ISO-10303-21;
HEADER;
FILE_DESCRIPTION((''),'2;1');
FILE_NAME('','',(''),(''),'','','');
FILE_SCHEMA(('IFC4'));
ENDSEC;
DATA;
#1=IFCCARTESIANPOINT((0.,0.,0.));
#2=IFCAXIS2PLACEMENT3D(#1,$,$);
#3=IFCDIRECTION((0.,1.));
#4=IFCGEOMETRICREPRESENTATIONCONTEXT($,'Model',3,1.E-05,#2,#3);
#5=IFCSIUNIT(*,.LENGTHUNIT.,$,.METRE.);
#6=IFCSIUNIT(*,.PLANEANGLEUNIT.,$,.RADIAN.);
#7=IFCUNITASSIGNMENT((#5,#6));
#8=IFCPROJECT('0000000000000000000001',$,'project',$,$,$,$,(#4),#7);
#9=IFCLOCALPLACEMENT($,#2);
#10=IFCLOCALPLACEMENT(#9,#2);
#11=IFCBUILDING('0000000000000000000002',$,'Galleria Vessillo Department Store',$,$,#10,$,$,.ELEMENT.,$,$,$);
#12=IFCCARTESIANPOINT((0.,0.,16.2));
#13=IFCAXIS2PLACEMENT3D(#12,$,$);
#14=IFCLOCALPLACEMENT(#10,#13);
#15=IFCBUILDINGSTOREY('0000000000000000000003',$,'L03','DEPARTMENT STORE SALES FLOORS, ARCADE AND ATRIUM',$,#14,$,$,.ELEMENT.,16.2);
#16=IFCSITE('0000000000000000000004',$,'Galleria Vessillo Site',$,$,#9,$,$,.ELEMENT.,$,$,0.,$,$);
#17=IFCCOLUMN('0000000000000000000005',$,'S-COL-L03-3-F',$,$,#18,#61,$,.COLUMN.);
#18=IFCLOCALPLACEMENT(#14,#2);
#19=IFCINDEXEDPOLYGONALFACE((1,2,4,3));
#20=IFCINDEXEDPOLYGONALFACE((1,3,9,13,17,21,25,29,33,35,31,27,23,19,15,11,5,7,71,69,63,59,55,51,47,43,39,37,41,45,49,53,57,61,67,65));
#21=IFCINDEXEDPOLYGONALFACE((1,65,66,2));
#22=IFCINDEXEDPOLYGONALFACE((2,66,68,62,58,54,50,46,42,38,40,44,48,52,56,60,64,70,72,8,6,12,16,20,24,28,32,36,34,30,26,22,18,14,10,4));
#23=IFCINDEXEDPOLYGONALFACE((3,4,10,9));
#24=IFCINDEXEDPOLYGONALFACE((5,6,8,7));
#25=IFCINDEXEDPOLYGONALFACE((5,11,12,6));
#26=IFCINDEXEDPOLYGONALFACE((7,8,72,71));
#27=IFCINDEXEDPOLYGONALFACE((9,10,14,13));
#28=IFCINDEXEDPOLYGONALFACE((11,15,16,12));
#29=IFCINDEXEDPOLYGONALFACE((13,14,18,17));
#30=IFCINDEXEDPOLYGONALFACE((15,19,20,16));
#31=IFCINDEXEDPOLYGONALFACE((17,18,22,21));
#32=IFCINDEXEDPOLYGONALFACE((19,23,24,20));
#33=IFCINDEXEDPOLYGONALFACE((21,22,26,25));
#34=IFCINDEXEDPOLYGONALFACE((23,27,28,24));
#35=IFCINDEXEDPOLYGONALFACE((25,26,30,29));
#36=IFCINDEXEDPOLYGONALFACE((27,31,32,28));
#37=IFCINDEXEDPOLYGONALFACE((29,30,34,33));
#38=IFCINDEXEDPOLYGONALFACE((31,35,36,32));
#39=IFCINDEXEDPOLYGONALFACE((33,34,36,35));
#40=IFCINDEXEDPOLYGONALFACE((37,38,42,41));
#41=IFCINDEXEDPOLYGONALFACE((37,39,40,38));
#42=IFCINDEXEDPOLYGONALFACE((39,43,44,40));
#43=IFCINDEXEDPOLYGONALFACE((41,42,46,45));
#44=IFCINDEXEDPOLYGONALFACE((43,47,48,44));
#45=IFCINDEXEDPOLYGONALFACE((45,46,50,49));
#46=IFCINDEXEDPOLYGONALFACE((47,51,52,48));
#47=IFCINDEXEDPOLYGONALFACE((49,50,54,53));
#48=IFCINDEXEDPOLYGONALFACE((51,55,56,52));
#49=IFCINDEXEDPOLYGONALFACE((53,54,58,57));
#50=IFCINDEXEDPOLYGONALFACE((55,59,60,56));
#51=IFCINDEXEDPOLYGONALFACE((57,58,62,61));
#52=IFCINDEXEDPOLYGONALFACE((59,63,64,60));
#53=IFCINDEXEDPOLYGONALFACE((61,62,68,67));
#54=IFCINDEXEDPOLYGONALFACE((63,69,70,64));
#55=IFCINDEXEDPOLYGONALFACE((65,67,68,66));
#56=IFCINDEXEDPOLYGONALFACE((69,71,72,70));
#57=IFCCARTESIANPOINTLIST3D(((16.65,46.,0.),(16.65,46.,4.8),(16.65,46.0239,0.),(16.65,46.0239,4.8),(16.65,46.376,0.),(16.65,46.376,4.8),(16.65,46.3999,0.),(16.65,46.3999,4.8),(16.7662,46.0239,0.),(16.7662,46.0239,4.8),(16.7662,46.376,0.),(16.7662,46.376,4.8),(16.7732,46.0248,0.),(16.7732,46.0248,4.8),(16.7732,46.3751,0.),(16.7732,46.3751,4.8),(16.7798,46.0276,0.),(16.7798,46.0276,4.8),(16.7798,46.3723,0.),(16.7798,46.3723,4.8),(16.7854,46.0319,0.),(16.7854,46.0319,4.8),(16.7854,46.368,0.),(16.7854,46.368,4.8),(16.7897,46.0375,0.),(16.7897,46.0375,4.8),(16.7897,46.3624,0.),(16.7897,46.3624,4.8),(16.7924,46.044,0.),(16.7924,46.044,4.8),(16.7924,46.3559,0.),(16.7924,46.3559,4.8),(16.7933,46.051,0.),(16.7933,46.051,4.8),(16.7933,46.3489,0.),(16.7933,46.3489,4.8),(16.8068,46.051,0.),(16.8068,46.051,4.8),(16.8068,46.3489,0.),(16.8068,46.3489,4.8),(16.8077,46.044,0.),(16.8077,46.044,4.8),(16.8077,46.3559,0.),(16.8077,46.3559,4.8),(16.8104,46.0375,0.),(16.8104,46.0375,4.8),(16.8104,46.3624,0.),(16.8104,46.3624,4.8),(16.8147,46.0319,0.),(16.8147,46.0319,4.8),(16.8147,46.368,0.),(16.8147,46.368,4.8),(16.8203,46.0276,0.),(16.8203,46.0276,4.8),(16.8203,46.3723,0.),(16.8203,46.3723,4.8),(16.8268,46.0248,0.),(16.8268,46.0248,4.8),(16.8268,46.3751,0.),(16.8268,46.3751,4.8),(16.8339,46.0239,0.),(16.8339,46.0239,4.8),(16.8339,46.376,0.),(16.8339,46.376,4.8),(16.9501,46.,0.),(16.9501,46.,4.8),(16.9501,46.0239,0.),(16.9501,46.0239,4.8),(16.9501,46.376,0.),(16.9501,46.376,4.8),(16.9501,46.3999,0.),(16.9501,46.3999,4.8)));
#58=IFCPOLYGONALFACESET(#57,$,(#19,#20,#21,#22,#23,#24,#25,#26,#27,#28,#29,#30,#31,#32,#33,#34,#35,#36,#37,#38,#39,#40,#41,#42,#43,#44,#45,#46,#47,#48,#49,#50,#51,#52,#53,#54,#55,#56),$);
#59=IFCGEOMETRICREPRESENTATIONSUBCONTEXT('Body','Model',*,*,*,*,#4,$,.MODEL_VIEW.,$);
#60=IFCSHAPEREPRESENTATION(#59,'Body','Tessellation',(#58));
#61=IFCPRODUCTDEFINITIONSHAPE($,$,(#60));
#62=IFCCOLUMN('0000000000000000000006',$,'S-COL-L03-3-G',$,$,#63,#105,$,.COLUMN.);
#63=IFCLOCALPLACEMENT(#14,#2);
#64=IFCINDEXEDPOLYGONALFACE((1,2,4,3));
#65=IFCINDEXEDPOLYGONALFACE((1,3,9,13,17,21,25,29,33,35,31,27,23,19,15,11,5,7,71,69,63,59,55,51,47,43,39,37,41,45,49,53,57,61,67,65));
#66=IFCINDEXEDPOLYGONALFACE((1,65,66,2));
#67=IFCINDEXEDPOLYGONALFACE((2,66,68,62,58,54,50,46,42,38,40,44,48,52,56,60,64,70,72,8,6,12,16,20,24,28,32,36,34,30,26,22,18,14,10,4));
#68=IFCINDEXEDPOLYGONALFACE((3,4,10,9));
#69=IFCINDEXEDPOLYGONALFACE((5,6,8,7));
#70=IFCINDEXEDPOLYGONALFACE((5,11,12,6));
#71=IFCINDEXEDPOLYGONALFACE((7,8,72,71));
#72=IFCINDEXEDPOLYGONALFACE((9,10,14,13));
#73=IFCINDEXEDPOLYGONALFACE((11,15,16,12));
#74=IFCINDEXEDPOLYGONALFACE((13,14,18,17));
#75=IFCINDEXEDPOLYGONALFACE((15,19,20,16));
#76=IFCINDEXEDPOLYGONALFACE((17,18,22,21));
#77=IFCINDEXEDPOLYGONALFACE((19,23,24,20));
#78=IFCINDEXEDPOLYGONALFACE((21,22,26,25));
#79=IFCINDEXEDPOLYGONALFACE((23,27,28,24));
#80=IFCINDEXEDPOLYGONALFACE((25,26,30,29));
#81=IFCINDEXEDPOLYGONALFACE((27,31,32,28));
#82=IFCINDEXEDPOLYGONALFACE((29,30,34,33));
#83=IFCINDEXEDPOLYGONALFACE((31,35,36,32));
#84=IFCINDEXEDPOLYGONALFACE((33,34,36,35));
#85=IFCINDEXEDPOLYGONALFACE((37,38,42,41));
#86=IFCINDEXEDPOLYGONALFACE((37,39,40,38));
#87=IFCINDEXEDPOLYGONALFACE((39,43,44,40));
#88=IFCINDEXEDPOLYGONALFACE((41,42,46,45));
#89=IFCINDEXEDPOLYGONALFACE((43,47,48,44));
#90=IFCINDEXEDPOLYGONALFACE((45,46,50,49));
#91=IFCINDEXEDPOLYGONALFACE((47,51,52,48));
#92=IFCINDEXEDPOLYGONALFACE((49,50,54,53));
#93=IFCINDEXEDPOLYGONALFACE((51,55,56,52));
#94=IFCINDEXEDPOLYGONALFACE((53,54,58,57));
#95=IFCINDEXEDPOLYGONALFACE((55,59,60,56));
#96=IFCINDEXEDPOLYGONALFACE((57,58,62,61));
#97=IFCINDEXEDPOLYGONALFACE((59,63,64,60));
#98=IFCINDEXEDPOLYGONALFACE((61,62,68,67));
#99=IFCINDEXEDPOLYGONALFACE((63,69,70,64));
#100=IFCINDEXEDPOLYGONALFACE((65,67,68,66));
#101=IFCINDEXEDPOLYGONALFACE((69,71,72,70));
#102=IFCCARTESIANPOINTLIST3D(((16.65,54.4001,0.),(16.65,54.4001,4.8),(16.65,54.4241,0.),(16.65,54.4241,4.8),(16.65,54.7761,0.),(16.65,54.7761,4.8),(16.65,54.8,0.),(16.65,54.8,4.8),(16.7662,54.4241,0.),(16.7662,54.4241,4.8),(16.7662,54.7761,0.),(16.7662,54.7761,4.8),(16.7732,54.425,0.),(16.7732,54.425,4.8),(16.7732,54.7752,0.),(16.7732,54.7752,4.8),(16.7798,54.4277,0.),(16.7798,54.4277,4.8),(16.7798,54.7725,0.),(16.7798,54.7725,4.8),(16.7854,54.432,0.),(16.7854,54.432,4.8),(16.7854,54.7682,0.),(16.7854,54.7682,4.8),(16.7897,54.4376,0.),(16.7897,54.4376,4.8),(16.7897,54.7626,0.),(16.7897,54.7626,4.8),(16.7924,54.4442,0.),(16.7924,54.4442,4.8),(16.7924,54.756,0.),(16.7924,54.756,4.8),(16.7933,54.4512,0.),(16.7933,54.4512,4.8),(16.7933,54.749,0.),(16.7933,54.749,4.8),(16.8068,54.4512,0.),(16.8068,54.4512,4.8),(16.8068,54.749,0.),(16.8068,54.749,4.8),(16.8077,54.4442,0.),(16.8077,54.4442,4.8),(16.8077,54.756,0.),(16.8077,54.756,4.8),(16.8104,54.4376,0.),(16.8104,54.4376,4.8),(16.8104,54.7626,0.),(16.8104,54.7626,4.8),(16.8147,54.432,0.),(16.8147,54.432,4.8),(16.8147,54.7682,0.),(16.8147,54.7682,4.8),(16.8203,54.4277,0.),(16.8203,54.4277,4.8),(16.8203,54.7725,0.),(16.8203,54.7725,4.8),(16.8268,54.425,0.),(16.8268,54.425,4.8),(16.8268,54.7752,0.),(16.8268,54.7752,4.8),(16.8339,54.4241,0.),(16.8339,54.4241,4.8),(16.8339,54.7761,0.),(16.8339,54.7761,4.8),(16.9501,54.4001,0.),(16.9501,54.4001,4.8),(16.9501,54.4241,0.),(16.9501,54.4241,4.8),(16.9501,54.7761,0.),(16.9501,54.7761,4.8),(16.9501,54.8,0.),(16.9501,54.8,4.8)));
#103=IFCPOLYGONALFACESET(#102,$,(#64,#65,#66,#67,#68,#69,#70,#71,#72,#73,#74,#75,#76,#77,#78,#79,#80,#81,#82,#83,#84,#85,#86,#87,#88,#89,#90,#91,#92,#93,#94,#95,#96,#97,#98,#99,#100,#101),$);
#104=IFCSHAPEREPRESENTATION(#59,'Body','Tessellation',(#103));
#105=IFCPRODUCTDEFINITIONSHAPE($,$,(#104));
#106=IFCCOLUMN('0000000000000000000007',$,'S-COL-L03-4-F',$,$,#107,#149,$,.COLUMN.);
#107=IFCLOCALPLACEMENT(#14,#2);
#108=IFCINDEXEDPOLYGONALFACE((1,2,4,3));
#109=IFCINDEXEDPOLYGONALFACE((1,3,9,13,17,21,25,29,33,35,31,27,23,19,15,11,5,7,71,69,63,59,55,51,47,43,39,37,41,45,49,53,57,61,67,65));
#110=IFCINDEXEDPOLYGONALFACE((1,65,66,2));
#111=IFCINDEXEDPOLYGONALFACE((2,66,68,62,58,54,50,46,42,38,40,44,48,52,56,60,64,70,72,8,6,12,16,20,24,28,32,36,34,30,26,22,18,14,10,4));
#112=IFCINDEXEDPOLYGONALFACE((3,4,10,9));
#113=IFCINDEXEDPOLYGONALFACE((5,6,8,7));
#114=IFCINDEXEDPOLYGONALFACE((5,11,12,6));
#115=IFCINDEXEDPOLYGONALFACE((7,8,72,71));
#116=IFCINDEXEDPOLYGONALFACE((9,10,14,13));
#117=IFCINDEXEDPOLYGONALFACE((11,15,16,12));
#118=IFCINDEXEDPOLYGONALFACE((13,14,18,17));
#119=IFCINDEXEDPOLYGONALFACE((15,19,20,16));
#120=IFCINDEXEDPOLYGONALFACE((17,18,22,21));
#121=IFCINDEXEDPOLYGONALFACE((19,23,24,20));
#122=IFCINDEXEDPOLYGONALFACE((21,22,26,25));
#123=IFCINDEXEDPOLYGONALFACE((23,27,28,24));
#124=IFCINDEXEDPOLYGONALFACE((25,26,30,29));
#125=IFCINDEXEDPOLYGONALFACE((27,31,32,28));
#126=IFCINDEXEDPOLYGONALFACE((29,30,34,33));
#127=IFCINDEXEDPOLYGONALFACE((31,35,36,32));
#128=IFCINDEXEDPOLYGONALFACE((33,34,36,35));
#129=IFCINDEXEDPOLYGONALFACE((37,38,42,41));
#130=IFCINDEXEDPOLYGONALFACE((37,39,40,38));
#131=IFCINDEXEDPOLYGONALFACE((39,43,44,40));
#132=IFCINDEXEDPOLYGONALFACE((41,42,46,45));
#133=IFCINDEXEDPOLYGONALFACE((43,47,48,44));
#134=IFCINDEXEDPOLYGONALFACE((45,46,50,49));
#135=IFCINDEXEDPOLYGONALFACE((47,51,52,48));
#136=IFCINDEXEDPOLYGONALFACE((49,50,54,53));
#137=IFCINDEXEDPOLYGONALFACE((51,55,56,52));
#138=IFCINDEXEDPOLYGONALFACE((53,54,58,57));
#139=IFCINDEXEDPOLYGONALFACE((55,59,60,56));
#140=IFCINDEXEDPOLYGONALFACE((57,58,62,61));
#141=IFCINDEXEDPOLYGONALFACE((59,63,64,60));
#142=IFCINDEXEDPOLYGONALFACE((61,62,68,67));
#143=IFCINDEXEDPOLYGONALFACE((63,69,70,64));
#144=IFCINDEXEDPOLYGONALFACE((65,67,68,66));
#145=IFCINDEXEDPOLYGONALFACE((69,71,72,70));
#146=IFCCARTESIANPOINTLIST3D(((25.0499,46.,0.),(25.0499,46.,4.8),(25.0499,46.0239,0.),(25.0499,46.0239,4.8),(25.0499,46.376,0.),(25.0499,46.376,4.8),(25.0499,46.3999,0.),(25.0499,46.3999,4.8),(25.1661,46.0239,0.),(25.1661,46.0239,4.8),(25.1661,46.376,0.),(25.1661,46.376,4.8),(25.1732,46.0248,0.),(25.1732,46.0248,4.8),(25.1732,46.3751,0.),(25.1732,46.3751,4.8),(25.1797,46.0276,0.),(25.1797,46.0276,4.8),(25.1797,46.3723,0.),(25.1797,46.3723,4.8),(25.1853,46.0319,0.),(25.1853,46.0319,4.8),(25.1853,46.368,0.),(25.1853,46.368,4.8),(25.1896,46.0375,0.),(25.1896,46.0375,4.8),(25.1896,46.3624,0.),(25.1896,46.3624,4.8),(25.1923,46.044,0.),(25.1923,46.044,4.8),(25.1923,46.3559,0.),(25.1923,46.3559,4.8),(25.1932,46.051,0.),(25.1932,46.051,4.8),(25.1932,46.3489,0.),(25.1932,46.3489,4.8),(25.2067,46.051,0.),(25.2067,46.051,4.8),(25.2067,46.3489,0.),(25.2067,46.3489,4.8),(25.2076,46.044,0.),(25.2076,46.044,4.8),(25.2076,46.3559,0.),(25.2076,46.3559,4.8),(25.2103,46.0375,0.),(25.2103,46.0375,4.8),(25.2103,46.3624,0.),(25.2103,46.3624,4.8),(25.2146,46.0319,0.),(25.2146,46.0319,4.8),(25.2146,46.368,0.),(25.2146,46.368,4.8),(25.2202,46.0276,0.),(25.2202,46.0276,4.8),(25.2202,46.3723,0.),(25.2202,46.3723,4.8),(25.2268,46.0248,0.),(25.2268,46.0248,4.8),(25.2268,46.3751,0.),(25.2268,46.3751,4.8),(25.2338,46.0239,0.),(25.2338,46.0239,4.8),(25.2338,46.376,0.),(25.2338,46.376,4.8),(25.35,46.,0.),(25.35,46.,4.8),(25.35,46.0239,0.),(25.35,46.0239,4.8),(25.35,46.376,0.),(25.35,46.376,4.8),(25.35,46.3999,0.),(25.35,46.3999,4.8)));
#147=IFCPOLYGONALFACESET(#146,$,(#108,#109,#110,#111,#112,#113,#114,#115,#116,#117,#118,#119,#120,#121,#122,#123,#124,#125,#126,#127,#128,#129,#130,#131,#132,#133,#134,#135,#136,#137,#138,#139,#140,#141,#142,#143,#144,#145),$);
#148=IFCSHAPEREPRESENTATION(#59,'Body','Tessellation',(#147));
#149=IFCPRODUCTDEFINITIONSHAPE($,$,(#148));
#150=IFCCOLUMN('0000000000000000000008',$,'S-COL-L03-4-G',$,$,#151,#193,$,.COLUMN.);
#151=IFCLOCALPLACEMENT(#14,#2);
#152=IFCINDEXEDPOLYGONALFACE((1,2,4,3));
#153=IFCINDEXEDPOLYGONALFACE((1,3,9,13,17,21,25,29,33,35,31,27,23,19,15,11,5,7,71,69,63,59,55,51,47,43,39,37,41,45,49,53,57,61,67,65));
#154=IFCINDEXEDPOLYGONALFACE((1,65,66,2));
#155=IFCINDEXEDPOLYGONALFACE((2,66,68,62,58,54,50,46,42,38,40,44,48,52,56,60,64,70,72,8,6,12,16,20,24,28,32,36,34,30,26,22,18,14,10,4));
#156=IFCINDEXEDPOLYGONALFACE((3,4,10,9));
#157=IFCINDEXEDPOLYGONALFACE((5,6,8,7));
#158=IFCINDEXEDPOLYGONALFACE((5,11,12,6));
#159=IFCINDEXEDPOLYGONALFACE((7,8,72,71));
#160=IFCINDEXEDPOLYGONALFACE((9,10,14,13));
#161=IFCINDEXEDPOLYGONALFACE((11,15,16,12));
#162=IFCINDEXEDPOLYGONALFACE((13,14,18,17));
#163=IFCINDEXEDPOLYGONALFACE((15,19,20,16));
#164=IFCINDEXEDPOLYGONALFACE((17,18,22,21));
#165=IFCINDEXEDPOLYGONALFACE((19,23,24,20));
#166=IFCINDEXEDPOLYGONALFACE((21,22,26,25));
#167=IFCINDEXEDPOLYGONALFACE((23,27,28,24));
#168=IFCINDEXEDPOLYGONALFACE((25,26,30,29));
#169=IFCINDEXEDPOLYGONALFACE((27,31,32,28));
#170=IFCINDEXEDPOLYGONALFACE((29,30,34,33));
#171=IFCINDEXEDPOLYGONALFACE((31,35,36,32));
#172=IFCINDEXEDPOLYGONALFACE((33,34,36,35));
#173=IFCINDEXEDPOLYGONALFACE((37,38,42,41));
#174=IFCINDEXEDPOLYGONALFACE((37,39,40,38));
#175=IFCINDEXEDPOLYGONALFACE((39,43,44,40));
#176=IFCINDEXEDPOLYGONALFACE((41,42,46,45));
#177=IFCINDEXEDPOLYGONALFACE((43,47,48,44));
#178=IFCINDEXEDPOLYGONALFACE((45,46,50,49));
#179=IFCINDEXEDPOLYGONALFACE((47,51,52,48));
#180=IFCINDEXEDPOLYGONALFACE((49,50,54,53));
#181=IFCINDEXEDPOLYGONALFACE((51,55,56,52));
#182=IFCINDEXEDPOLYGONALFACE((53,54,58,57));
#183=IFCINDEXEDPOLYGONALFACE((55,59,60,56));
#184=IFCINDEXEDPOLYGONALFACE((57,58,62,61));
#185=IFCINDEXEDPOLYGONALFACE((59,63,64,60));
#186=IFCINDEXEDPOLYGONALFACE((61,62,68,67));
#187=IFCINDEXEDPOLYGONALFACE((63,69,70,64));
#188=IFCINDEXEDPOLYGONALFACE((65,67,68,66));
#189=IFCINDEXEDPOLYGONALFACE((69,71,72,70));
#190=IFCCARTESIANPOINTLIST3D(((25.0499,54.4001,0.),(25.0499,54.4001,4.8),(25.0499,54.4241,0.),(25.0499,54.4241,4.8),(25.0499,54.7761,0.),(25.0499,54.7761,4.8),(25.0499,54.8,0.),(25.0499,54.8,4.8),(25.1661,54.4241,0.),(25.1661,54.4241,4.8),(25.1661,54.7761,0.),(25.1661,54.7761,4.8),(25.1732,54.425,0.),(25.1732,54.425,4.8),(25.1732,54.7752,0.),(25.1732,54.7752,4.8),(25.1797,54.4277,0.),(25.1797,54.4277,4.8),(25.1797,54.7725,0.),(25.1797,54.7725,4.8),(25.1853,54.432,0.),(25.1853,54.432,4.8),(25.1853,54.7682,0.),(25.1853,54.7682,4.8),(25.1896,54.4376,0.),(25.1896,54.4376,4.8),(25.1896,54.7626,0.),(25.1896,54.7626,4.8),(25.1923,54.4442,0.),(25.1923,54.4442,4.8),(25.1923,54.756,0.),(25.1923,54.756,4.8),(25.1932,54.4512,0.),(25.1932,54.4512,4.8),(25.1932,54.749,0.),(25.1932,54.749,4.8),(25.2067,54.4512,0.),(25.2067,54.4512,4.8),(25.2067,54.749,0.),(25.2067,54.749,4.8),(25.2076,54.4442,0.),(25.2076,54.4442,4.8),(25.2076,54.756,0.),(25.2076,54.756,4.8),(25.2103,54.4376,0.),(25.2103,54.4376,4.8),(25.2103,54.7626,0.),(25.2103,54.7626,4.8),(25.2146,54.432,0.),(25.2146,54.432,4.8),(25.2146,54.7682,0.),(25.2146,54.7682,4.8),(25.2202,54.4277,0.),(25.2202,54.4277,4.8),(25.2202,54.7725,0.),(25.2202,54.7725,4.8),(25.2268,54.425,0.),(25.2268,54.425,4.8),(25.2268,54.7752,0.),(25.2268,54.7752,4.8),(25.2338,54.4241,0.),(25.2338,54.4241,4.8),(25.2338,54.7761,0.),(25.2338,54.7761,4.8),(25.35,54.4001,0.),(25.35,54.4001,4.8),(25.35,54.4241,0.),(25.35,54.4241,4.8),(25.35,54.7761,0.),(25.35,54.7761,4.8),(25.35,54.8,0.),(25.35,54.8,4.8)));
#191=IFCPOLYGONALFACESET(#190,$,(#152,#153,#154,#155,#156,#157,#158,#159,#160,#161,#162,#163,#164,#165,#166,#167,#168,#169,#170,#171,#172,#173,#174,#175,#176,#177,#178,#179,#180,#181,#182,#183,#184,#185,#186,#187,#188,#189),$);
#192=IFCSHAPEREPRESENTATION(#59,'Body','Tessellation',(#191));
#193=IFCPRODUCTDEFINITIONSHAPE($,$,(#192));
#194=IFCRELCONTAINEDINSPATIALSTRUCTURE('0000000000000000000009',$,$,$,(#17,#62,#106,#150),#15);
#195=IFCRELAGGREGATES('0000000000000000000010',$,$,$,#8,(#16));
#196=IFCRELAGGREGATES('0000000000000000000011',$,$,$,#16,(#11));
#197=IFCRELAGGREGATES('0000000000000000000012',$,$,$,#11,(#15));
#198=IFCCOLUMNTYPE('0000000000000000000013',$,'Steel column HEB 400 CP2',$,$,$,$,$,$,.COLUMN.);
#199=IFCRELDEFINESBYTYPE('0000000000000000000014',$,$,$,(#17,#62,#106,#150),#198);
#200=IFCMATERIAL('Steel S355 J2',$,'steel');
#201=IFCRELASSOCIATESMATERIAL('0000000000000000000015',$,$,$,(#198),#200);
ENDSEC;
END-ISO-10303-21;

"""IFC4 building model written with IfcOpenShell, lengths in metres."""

from ifc_helpers import new_model, si_unit, direction, frame, origin, origin_2d, place, context, subcontext, project, spatial, i_section, extrude, material, material_profile, profile_set, type_object, element, save


model = new_model("IFC4")

# Units and contexts
model_context = context("Model", 3, precision=1e-05, world=origin(), true_north=direction((0.0, 1.0)))
body_context = subcontext(model_context, "Body", "Model", "MODEL_VIEW")
ifc_project = project(units=[si_unit("LENGTHUNIT", "METRE"), si_unit("PLANEANGLEUNIT", "RADIAN")], contexts=[model_context])

# Site, building, storey
site_placement = place(None, origin())
site = spatial("IfcSite", under=ifc_project, at=site_placement, Name="Galleria Vessillo Site", CompositionType="ELEMENT", RefElevation=0.0)
building_placement = place(site_placement, origin())
building = spatial("IfcBuilding", under=site, at=building_placement, Name="Galleria Vessillo Department Store", CompositionType="ELEMENT")
storey_placement = place(building_placement, frame((0.0, 0.0, 16.2)))
storey = spatial("IfcBuildingStorey", under=building, at=storey_placement, Name="L03", Description="DEPARTMENT STORE SALES FLOORS, ARCADE AND ATRIUM", CompositionType="ELEMENT", Elevation=16.2)

# Columns
ifc_material_1 = material(Name="Steel S355 J2", Category="steel")
ifc_material_profile_1 = material_profile(ifc_material_1, i_section(OverallWidth=0.3, OverallDepth=0.3999, WebThickness=0.0134, FlangeThickness=0.0239, FilletRadius=0.0271, at=origin_2d()), Name="HEB 400")
ifc_profile_set_1 = profile_set([ifc_material_profile_1], Name="Steel S355 J2")
column_type = type_object("IfcColumnType", Name="Steel column HEB 400 CP2", PredefinedType="COLUMN", material=ifc_profile_set_1)
for number, where, z_axis, x_axis, name in (
    (1, (16.8, 46.2, 0.0), (0.0, 0.0, 1.0), (1.0, 0.0, 0.0), "S-COL-L03-3-F"),
    (2, (16.8, 54.6001, 0.0), (0.0, 0.0, 1.0), (1.0, 0.0, 0.0), "S-COL-L03-3-G"),
    (3, (25.2, 46.2, 0.0), (0.0, 0.0, 1.0), (1.0, 0.0, 0.0), "S-COL-L03-4-F"),
    (4, (25.2, 54.6001, 0.0), (0.0, 0.0, 1.0), (1.0, 0.0, 0.0), "S-COL-L03-4-G"),
):
    element("IfcColumn", number, at=place(storey_placement, frame(where, z_axis=z_axis, x_axis=x_axis)), inside=storey, type_object=column_type, Name=name, PredefinedType="COLUMN", context=body_context, shape_type="SweptSolid", body=[
        extrude(i_section(OverallWidth=0.3, OverallDepth=0.3999, WebThickness=0.0134, FlangeThickness=0.0239, FilletRadius=0.0271, at=origin_2d()), origin(), (0.0, 0.0, 1.0), 4.8),
    ])

save(model, "model.ifc")
